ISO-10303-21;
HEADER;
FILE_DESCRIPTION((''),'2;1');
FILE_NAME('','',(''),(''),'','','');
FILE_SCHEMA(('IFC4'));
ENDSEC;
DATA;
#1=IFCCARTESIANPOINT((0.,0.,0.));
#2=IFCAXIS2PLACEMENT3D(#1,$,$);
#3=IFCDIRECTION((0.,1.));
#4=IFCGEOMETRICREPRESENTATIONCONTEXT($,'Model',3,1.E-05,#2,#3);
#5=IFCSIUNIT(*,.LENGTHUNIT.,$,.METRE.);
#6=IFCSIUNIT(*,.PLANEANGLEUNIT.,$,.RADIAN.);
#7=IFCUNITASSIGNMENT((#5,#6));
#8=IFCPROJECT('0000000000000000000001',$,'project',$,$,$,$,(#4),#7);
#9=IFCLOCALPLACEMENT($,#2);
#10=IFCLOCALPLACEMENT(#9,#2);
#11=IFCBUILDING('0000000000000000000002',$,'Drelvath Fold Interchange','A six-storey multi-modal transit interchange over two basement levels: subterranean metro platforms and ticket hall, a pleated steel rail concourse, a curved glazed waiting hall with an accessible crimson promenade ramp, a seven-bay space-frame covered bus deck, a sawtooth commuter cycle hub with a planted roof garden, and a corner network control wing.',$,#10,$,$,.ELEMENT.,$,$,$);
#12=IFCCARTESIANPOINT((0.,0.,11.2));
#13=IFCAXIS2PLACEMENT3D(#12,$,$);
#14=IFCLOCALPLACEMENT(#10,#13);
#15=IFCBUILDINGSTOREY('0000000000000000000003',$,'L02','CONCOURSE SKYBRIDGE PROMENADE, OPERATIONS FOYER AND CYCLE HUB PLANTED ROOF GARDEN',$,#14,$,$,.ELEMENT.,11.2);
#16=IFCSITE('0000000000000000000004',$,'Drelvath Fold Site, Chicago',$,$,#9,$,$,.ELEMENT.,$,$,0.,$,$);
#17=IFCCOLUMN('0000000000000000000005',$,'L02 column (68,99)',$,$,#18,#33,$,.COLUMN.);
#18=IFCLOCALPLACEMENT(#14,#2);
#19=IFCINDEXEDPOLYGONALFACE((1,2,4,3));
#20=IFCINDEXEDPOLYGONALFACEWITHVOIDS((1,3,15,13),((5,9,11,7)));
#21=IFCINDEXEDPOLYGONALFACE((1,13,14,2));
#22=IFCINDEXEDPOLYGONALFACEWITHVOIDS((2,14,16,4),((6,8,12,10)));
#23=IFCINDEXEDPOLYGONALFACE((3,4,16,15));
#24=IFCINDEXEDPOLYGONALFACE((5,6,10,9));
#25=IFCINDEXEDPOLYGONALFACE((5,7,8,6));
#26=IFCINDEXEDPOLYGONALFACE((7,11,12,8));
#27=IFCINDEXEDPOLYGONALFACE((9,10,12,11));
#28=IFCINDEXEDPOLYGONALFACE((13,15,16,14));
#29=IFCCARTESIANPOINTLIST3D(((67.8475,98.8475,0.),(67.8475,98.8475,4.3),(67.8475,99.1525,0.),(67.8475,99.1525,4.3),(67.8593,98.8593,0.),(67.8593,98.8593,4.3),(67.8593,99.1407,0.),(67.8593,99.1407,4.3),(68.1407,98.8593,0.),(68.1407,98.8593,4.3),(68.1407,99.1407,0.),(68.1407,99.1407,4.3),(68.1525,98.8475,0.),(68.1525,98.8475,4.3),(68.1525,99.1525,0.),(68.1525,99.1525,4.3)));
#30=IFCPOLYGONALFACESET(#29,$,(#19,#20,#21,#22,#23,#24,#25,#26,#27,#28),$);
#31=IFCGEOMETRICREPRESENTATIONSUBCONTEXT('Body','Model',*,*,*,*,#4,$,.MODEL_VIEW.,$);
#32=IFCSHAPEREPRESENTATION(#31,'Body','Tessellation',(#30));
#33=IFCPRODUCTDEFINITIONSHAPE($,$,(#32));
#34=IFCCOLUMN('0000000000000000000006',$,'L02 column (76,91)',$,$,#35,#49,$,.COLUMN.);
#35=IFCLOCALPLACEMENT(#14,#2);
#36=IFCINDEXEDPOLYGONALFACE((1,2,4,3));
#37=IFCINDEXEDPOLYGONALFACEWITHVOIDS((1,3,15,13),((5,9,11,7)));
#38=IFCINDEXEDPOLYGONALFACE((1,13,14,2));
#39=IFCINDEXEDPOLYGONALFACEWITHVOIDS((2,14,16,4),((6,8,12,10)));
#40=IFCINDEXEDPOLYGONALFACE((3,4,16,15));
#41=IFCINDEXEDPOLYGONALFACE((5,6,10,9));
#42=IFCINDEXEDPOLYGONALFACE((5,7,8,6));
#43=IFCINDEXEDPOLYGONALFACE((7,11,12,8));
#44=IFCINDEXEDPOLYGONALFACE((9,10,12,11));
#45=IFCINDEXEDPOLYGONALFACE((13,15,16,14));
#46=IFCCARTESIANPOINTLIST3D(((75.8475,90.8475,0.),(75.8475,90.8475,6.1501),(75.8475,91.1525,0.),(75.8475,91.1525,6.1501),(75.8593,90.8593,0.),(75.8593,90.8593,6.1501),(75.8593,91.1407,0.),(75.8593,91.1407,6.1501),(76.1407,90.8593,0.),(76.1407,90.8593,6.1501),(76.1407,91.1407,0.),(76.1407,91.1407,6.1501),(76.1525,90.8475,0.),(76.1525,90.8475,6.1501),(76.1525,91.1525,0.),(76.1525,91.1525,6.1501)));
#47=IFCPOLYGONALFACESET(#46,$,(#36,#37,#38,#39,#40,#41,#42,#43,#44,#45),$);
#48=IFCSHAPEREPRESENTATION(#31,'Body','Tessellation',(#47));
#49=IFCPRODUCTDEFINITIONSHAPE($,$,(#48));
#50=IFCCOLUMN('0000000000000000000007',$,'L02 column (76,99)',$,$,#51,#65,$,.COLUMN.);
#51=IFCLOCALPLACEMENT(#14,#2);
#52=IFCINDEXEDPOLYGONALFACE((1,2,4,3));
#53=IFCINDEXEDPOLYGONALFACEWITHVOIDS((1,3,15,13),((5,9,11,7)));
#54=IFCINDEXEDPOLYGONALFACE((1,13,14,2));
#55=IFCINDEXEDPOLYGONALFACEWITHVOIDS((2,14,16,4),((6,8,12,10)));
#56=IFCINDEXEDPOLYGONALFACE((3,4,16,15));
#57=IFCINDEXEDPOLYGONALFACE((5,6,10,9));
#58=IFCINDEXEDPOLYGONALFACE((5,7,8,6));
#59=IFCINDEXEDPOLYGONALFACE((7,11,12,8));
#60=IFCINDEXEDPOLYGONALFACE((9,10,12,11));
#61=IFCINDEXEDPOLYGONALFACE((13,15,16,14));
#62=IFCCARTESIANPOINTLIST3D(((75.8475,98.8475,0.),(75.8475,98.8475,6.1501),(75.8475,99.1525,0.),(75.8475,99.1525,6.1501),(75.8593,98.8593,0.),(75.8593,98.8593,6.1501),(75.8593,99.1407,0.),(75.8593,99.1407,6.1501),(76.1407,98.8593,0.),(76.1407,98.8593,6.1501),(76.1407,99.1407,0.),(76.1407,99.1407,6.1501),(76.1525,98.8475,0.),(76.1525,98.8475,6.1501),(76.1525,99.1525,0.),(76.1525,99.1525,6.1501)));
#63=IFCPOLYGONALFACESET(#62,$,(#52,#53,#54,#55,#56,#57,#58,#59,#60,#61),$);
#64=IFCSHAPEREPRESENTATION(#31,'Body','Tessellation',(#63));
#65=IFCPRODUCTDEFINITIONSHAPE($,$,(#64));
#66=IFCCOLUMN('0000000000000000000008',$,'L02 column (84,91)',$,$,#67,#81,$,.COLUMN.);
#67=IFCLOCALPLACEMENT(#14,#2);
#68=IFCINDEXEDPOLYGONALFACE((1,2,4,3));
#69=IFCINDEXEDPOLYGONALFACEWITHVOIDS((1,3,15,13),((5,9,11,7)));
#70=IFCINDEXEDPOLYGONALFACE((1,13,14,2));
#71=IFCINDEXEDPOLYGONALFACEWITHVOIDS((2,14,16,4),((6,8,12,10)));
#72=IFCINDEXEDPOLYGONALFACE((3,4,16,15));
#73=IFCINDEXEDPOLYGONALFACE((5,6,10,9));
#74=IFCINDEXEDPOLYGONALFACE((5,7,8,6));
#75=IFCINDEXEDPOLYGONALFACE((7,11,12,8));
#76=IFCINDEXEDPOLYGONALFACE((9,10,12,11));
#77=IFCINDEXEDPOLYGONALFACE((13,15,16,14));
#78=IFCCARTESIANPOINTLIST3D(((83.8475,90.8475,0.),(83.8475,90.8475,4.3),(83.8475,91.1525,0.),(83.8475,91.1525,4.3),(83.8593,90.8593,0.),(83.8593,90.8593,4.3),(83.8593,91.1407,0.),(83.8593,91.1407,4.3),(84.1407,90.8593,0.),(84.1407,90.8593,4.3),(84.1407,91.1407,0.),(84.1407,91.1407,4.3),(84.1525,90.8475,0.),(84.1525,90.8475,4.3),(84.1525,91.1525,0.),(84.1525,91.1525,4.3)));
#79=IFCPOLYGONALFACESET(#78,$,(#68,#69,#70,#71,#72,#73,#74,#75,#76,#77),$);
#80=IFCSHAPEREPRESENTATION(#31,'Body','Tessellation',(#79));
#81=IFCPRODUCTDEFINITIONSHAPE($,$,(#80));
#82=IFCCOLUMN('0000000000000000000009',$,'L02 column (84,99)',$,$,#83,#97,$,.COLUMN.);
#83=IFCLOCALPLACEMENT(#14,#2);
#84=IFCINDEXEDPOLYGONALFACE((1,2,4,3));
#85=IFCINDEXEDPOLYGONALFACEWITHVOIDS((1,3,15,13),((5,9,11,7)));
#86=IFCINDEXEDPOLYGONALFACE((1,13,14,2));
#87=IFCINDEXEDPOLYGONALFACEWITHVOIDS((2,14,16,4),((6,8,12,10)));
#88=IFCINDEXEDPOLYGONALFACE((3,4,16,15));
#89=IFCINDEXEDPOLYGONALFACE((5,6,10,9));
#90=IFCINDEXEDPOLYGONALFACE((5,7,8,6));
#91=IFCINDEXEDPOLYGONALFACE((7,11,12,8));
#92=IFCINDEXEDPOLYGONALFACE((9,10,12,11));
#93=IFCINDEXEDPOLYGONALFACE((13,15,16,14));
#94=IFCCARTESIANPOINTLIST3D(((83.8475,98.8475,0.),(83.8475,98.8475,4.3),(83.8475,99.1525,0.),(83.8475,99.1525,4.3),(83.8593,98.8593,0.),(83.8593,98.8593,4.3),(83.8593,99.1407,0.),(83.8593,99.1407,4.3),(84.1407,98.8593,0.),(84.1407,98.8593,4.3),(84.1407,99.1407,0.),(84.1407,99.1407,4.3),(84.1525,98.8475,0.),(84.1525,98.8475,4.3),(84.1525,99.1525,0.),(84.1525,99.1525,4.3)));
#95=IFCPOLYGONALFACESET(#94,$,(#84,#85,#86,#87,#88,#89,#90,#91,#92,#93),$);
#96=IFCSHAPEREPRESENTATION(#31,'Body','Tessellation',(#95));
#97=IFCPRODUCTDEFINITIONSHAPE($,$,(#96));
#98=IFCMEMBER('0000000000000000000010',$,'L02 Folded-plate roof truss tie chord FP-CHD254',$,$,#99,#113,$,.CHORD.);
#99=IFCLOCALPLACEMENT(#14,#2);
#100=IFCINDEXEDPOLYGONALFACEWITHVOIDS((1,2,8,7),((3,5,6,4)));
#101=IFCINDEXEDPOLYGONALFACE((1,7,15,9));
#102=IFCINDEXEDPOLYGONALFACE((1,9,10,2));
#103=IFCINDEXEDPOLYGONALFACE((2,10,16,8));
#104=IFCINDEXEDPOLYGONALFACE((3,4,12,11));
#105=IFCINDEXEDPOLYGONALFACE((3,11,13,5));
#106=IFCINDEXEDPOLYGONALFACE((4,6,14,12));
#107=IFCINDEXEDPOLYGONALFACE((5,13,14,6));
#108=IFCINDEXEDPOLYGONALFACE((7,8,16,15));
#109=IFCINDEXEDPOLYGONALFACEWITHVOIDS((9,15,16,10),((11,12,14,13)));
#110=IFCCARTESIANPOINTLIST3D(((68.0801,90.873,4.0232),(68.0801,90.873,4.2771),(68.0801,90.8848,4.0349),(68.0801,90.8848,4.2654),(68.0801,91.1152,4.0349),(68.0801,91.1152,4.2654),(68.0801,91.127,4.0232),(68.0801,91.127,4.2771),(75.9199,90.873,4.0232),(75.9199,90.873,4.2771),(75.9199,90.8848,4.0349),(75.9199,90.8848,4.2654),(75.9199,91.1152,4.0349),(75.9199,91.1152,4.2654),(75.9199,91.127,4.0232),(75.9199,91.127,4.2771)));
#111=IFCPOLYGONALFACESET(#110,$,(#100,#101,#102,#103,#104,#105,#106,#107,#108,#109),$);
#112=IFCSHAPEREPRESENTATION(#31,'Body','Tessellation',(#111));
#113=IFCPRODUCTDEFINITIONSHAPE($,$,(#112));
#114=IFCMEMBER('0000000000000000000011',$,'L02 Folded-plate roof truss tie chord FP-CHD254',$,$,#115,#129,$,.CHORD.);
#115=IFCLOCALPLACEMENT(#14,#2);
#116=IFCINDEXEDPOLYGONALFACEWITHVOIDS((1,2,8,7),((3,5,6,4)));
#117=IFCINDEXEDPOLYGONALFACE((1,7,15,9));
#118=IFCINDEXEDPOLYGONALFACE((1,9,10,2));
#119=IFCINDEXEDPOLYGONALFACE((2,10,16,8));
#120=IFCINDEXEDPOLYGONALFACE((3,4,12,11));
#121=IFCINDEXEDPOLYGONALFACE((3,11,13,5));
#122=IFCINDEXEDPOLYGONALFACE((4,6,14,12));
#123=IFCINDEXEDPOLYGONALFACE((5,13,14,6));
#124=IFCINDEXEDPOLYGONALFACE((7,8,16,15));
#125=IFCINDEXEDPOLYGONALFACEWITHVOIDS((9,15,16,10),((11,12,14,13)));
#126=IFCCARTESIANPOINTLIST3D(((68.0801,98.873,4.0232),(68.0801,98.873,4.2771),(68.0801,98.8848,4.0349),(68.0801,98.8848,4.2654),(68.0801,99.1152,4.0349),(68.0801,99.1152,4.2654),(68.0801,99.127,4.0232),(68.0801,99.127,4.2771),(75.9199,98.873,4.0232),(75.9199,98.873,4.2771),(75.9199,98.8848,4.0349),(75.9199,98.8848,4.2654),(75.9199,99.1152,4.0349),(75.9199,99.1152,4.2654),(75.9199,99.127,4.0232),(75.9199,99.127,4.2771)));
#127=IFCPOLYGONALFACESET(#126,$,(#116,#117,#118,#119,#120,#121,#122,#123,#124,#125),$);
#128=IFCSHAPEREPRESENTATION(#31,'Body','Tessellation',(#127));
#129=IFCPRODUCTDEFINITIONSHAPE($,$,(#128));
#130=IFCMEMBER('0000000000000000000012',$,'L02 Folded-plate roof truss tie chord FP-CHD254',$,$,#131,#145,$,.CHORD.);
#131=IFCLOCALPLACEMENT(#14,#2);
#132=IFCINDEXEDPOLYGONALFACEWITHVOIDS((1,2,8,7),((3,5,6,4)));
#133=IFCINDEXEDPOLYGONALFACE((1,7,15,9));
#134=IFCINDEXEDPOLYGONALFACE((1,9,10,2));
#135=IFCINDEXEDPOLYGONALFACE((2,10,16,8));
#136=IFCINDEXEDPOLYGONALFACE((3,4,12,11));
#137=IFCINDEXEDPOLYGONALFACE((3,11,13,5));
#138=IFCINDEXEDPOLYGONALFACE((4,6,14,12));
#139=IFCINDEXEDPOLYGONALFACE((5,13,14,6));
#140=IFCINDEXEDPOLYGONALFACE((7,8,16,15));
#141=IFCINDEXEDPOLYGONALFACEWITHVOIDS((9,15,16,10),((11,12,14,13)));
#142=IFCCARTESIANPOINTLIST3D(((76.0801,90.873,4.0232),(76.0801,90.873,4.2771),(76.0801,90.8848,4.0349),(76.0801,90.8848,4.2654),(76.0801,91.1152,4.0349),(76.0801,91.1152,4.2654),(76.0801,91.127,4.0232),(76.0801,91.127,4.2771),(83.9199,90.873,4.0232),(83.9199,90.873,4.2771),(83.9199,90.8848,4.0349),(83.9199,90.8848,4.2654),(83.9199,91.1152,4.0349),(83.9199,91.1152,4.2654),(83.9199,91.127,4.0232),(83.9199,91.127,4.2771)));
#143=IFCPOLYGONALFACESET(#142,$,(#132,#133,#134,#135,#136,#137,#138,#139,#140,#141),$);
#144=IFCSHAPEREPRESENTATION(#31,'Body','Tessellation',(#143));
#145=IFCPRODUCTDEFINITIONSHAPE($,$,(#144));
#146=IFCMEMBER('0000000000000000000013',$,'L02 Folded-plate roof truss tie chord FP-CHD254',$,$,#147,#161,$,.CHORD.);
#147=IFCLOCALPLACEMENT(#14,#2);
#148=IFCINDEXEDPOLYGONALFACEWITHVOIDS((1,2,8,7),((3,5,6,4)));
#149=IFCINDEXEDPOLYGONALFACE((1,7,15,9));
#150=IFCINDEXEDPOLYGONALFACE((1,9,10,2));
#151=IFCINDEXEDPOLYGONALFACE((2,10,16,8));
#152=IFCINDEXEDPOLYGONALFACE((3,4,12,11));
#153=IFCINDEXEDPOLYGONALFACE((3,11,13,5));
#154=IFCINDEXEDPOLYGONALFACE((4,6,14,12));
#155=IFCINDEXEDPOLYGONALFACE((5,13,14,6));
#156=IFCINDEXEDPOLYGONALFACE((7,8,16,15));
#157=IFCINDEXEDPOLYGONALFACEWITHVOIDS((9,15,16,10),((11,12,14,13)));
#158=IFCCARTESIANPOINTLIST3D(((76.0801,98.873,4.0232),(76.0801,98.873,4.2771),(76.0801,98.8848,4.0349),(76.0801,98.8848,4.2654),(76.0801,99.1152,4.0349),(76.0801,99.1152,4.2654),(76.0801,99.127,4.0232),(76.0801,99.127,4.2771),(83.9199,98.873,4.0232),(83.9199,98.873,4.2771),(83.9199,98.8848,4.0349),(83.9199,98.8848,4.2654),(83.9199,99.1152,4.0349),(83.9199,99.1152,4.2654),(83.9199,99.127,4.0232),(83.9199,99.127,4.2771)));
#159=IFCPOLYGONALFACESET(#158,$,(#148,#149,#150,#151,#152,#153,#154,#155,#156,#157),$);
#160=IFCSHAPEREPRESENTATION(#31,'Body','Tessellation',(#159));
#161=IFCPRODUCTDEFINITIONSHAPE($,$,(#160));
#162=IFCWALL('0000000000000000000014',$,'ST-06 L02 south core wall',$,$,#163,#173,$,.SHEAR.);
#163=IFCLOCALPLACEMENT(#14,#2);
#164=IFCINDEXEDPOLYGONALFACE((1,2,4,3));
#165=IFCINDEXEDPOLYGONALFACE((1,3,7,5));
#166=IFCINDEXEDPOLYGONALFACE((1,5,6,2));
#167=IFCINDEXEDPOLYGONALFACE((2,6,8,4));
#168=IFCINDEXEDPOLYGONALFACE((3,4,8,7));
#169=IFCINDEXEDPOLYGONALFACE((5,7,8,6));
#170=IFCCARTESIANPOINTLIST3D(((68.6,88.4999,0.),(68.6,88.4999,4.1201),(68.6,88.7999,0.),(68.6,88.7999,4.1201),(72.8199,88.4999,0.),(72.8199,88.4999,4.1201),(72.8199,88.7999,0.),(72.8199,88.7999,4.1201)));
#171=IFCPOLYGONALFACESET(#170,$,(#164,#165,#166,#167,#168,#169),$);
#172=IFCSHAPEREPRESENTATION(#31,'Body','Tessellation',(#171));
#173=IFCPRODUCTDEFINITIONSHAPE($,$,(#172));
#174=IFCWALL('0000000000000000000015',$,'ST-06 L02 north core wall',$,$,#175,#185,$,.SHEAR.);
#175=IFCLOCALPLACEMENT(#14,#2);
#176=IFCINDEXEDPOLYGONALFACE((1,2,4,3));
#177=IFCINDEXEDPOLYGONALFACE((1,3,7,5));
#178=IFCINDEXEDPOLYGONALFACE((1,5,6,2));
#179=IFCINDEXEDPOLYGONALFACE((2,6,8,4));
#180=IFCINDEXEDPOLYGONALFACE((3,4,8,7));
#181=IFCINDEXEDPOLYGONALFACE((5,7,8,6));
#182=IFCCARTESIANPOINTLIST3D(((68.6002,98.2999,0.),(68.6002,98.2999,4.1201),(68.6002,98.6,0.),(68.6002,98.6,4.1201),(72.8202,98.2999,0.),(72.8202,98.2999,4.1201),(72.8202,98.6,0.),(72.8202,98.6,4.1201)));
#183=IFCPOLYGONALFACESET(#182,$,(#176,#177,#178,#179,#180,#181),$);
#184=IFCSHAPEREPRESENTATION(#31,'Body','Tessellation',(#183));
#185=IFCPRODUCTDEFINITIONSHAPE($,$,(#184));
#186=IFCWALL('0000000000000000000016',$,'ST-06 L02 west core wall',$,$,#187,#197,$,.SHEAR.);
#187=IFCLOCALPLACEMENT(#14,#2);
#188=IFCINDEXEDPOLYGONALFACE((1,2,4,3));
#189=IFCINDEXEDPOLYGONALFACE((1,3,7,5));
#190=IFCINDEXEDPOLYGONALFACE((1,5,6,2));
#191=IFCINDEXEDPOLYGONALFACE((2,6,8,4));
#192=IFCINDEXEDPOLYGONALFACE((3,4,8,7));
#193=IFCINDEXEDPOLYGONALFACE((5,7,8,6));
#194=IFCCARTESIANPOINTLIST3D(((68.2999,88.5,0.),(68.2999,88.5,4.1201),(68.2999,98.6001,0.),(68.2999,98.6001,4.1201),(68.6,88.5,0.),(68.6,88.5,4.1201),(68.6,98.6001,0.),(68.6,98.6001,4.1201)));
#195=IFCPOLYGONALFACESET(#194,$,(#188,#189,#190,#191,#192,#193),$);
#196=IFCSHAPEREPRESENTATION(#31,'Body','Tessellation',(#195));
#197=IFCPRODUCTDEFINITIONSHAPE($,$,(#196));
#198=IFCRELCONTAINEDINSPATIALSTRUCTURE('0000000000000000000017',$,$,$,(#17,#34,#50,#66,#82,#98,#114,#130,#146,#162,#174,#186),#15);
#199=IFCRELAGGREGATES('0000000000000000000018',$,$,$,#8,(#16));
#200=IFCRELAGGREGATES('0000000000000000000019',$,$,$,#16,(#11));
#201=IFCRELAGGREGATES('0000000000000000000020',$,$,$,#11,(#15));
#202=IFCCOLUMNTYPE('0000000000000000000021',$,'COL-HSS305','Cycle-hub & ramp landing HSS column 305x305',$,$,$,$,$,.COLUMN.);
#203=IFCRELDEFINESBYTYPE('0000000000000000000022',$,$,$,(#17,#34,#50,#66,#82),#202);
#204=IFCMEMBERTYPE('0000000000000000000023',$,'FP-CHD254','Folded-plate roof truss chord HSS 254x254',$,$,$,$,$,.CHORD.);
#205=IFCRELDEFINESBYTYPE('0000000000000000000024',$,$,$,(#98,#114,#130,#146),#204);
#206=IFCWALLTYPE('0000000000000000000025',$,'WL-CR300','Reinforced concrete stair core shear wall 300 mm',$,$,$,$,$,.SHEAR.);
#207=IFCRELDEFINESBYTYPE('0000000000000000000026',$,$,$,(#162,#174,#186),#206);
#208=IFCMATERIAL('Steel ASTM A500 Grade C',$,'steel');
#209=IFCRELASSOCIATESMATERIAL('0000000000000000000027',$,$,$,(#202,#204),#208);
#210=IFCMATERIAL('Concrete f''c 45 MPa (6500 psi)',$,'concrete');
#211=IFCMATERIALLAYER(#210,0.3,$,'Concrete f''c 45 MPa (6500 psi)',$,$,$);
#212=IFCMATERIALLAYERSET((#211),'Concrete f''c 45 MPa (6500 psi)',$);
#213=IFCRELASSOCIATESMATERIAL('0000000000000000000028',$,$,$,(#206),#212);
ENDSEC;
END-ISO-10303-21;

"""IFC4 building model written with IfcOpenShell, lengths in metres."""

from ifc_helpers import new_model, si_unit, direction, frame, frame_2d, origin, origin_2d, place, context, subcontext, project, spatial, rectangle, hollow_rectangle, extrude, material, layer, layer_set, material_profile, profile_set, type_object, element, save


model = new_model("IFC4")

# Units and contexts
model_context = context("Model", 3, precision=1e-05, world=origin(), true_north=direction((0.0, 1.0)))
body_context = subcontext(model_context, "Body", "Model", "MODEL_VIEW")
ifc_project = project(units=[si_unit("LENGTHUNIT", "METRE"), si_unit("PLANEANGLEUNIT", "RADIAN")], contexts=[model_context])

# Site, building, storey
site_placement = place(None, origin())
site = spatial("IfcSite", under=ifc_project, at=site_placement, Name="Drelvath Fold Site, Chicago", CompositionType="ELEMENT", RefElevation=0.0)
building_placement = place(site_placement, origin())
building = spatial("IfcBuilding", under=site, at=building_placement, Name="Drelvath Fold Interchange", Description="A six-storey multi-modal transit interchange over two basement levels: subterranean metro platforms and ticket hall, a pleated steel rail concourse, a curved glazed waiting hall with an accessible crimson promenade ramp, a seven-bay space-frame covered bus deck, a sawtooth commuter cycle hub with a planted roof garden, and a corner network control wing.", CompositionType="ELEMENT")
storey_placement = place(building_placement, frame((0.0, 0.0, 11.2)))
storey = spatial("IfcBuildingStorey", under=building, at=storey_placement, Name="L02", Description="CONCOURSE SKYBRIDGE PROMENADE, OPERATIONS FOYER AND CYCLE HUB PLANTED ROOF GARDEN", CompositionType="ELEMENT", Elevation=11.2)

# Columns
ifc_material_1 = material(Name="Steel ASTM A500 Grade C", Category="steel")
ifc_material_profile_1 = material_profile(ifc_material_1, hollow_rectangle(XDim=0.3049, YDim=0.3049, WallThickness=0.0117, at=origin_2d()), Name="HSS12X12X1/2")
ifc_profile_set_1 = profile_set([ifc_material_profile_1], Name="Steel ASTM A500 Grade C")
column_type = type_object("IfcColumnType", Name="COL-HSS305", Description="Cycle-hub & ramp landing HSS column 305x305", PredefinedType="COLUMN", material=ifc_profile_set_1)
column_placement = place(storey_placement, frame((68.0, 99.0, 0.0), z_axis=(0.0, 0.0, 1.0), x_axis=(1.0, 0.0, 0.0)))
element("IfcColumn", 1, at=column_placement, inside=storey, type_object=column_type, Name="L02 column (68,99)", PredefinedType="COLUMN", context=body_context, shape_type="SweptSolid", body=[
    extrude(hollow_rectangle(XDim=0.3049, YDim=0.3049, WallThickness=0.0117, at=origin_2d()), origin(), (0.0, 0.0, 1.0), 4.3),
])
for number, where, z_axis, x_axis, name in (
    (2, (76.0, 91.0, 0.0), (0.0, 0.0, 1.0), (1.0, 0.0, 0.0), "L02 column (76,91)"),
    (3, (76.0, 99.0, 0.0), (0.0, 0.0, 1.0), (1.0, 0.0, 0.0), "L02 column (76,99)"),
):
    element("IfcColumn", number, at=place(storey_placement, frame(where, z_axis=z_axis, x_axis=x_axis)), inside=storey, type_object=column_type, Name=name, PredefinedType="COLUMN", context=body_context, shape_type="SweptSolid", body=[
        extrude(hollow_rectangle(XDim=0.3049, YDim=0.3049, WallThickness=0.0117, at=origin_2d()), origin(), (0.0, 0.0, 1.0), 6.1501),
    ])
for number, where, z_axis, x_axis, name in (
    (4, (84.0, 91.0, 0.0), (0.0, 0.0, 1.0), (1.0, 0.0, 0.0), "L02 column (84,91)"),
    (5, (84.0, 99.0, 0.0), (0.0, 0.0, 1.0), (1.0, 0.0, 0.0), "L02 column (84,99)"),
):
    element("IfcColumn", number, at=place(storey_placement, frame(where, z_axis=z_axis, x_axis=x_axis)), inside=storey, type_object=column_type, Name=name, PredefinedType="COLUMN", context=body_context, shape_type="SweptSolid", body=[
        extrude(hollow_rectangle(XDim=0.3049, YDim=0.3049, WallThickness=0.0117, at=origin_2d()), origin(), (0.0, 0.0, 1.0), 4.3),
    ])

# Members
ifc_material_profile_2 = material_profile(ifc_material_1, hollow_rectangle(XDim=0.2539, YDim=0.2539, WallThickness=0.0117, at=origin_2d()), Name="HSS10X10X1/2")
ifc_profile_set_2 = profile_set([ifc_material_profile_2], Name="Steel ASTM A500 Grade C")
member_type = type_object("IfcMemberType", Name="FP-CHD254", Description="Folded-plate roof truss chord HSS 254x254", PredefinedType="CHORD", material=ifc_profile_set_2)
for number, where, z_axis, x_axis, name in (
    (6, (68.0801, 91.0, 4.1501), (1.0, 0.0, 0.0), (0.0, 1.0, 0.0), "L02 Folded-plate roof truss tie chord FP-CHD254"),
    (7, (68.0801, 99.0, 4.1501), (1.0, 0.0, 0.0), (0.0, 1.0, 0.0), "L02 Folded-plate roof truss tie chord FP-CHD254"),
    (8, (76.0801, 91.0, 4.1501), (1.0, 0.0, 0.0), (0.0, 1.0, 0.0), "L02 Folded-plate roof truss tie chord FP-CHD254"),
    (9, (76.0801, 99.0, 4.1501), (1.0, 0.0, 0.0), (0.0, 1.0, 0.0), "L02 Folded-plate roof truss tie chord FP-CHD254"),
):
    element("IfcMember", number, at=place(storey_placement, frame(where, z_axis=z_axis, x_axis=x_axis)), inside=storey, type_object=member_type, Name=name, PredefinedType="CHORD", context=body_context, shape_type="SweptSolid", body=[
        extrude(hollow_rectangle(XDim=0.2539, YDim=0.2539, WallThickness=0.0117, at=origin_2d()), origin(), (0.0, 0.0, 1.0), 7.8398),
    ])

# Walls
ifc_material_2 = material(Name="Concrete f'c 45 MPa (6500 psi)", Category="concrete")
ifc_layer_1 = layer(ifc_material_2, 0.3, Name="Concrete f'c 45 MPa (6500 psi)")
ifc_layer_set_1 = layer_set([ifc_layer_1], Name="Concrete f'c 45 MPa (6500 psi)")
wall_type_1 = type_object("IfcWallType", Name="WL-CR300", Description="Reinforced concrete stair core shear wall 300 mm", PredefinedType="SHEAR", material=ifc_layer_set_1)
for number, where, z_axis, x_axis, name in (
    (10, (68.6001, 88.6499, 0.0), (0.0, 0.0, 1.0), (1.0, 0.0, 0.0), "ST-06 L02 south core wall"),
    (11, (72.8201, 98.45, 0.0), (0.0, 0.0, 1.0), (-1.0, 0.0, 0.0), "ST-06 L02 north core wall"),
):
    element("IfcWall", number, at=place(storey_placement, frame(where, z_axis=z_axis, x_axis=x_axis)), inside=storey, type_object=wall_type_1, Name=name, PredefinedType="SHEAR", context=body_context, shape_type="SweptSolid", body=[
        extrude(rectangle(XDim=4.22, YDim=0.3, at=frame_2d((2.1099, 0.0))), origin(), (0.0, 0.0, 1.0), 4.1201),
    ])
wall_1_placement = place(storey_placement, frame((68.45, 98.6001, 0.0), z_axis=(0.0, 0.0, 1.0), x_axis=(0.0, -1.0, 0.0)))
element("IfcWall", 12, at=wall_1_placement, inside=storey, type_object=wall_type_1, Name="ST-06 L02 west core wall", PredefinedType="SHEAR", context=body_context, shape_type="SweptSolid", body=[
    extrude(rectangle(XDim=10.1001, YDim=0.3, at=frame_2d((5.05, 0.0))), origin(), (0.0, 0.0, 1.0), 4.1201),
])

save(model, "model.ifc")
